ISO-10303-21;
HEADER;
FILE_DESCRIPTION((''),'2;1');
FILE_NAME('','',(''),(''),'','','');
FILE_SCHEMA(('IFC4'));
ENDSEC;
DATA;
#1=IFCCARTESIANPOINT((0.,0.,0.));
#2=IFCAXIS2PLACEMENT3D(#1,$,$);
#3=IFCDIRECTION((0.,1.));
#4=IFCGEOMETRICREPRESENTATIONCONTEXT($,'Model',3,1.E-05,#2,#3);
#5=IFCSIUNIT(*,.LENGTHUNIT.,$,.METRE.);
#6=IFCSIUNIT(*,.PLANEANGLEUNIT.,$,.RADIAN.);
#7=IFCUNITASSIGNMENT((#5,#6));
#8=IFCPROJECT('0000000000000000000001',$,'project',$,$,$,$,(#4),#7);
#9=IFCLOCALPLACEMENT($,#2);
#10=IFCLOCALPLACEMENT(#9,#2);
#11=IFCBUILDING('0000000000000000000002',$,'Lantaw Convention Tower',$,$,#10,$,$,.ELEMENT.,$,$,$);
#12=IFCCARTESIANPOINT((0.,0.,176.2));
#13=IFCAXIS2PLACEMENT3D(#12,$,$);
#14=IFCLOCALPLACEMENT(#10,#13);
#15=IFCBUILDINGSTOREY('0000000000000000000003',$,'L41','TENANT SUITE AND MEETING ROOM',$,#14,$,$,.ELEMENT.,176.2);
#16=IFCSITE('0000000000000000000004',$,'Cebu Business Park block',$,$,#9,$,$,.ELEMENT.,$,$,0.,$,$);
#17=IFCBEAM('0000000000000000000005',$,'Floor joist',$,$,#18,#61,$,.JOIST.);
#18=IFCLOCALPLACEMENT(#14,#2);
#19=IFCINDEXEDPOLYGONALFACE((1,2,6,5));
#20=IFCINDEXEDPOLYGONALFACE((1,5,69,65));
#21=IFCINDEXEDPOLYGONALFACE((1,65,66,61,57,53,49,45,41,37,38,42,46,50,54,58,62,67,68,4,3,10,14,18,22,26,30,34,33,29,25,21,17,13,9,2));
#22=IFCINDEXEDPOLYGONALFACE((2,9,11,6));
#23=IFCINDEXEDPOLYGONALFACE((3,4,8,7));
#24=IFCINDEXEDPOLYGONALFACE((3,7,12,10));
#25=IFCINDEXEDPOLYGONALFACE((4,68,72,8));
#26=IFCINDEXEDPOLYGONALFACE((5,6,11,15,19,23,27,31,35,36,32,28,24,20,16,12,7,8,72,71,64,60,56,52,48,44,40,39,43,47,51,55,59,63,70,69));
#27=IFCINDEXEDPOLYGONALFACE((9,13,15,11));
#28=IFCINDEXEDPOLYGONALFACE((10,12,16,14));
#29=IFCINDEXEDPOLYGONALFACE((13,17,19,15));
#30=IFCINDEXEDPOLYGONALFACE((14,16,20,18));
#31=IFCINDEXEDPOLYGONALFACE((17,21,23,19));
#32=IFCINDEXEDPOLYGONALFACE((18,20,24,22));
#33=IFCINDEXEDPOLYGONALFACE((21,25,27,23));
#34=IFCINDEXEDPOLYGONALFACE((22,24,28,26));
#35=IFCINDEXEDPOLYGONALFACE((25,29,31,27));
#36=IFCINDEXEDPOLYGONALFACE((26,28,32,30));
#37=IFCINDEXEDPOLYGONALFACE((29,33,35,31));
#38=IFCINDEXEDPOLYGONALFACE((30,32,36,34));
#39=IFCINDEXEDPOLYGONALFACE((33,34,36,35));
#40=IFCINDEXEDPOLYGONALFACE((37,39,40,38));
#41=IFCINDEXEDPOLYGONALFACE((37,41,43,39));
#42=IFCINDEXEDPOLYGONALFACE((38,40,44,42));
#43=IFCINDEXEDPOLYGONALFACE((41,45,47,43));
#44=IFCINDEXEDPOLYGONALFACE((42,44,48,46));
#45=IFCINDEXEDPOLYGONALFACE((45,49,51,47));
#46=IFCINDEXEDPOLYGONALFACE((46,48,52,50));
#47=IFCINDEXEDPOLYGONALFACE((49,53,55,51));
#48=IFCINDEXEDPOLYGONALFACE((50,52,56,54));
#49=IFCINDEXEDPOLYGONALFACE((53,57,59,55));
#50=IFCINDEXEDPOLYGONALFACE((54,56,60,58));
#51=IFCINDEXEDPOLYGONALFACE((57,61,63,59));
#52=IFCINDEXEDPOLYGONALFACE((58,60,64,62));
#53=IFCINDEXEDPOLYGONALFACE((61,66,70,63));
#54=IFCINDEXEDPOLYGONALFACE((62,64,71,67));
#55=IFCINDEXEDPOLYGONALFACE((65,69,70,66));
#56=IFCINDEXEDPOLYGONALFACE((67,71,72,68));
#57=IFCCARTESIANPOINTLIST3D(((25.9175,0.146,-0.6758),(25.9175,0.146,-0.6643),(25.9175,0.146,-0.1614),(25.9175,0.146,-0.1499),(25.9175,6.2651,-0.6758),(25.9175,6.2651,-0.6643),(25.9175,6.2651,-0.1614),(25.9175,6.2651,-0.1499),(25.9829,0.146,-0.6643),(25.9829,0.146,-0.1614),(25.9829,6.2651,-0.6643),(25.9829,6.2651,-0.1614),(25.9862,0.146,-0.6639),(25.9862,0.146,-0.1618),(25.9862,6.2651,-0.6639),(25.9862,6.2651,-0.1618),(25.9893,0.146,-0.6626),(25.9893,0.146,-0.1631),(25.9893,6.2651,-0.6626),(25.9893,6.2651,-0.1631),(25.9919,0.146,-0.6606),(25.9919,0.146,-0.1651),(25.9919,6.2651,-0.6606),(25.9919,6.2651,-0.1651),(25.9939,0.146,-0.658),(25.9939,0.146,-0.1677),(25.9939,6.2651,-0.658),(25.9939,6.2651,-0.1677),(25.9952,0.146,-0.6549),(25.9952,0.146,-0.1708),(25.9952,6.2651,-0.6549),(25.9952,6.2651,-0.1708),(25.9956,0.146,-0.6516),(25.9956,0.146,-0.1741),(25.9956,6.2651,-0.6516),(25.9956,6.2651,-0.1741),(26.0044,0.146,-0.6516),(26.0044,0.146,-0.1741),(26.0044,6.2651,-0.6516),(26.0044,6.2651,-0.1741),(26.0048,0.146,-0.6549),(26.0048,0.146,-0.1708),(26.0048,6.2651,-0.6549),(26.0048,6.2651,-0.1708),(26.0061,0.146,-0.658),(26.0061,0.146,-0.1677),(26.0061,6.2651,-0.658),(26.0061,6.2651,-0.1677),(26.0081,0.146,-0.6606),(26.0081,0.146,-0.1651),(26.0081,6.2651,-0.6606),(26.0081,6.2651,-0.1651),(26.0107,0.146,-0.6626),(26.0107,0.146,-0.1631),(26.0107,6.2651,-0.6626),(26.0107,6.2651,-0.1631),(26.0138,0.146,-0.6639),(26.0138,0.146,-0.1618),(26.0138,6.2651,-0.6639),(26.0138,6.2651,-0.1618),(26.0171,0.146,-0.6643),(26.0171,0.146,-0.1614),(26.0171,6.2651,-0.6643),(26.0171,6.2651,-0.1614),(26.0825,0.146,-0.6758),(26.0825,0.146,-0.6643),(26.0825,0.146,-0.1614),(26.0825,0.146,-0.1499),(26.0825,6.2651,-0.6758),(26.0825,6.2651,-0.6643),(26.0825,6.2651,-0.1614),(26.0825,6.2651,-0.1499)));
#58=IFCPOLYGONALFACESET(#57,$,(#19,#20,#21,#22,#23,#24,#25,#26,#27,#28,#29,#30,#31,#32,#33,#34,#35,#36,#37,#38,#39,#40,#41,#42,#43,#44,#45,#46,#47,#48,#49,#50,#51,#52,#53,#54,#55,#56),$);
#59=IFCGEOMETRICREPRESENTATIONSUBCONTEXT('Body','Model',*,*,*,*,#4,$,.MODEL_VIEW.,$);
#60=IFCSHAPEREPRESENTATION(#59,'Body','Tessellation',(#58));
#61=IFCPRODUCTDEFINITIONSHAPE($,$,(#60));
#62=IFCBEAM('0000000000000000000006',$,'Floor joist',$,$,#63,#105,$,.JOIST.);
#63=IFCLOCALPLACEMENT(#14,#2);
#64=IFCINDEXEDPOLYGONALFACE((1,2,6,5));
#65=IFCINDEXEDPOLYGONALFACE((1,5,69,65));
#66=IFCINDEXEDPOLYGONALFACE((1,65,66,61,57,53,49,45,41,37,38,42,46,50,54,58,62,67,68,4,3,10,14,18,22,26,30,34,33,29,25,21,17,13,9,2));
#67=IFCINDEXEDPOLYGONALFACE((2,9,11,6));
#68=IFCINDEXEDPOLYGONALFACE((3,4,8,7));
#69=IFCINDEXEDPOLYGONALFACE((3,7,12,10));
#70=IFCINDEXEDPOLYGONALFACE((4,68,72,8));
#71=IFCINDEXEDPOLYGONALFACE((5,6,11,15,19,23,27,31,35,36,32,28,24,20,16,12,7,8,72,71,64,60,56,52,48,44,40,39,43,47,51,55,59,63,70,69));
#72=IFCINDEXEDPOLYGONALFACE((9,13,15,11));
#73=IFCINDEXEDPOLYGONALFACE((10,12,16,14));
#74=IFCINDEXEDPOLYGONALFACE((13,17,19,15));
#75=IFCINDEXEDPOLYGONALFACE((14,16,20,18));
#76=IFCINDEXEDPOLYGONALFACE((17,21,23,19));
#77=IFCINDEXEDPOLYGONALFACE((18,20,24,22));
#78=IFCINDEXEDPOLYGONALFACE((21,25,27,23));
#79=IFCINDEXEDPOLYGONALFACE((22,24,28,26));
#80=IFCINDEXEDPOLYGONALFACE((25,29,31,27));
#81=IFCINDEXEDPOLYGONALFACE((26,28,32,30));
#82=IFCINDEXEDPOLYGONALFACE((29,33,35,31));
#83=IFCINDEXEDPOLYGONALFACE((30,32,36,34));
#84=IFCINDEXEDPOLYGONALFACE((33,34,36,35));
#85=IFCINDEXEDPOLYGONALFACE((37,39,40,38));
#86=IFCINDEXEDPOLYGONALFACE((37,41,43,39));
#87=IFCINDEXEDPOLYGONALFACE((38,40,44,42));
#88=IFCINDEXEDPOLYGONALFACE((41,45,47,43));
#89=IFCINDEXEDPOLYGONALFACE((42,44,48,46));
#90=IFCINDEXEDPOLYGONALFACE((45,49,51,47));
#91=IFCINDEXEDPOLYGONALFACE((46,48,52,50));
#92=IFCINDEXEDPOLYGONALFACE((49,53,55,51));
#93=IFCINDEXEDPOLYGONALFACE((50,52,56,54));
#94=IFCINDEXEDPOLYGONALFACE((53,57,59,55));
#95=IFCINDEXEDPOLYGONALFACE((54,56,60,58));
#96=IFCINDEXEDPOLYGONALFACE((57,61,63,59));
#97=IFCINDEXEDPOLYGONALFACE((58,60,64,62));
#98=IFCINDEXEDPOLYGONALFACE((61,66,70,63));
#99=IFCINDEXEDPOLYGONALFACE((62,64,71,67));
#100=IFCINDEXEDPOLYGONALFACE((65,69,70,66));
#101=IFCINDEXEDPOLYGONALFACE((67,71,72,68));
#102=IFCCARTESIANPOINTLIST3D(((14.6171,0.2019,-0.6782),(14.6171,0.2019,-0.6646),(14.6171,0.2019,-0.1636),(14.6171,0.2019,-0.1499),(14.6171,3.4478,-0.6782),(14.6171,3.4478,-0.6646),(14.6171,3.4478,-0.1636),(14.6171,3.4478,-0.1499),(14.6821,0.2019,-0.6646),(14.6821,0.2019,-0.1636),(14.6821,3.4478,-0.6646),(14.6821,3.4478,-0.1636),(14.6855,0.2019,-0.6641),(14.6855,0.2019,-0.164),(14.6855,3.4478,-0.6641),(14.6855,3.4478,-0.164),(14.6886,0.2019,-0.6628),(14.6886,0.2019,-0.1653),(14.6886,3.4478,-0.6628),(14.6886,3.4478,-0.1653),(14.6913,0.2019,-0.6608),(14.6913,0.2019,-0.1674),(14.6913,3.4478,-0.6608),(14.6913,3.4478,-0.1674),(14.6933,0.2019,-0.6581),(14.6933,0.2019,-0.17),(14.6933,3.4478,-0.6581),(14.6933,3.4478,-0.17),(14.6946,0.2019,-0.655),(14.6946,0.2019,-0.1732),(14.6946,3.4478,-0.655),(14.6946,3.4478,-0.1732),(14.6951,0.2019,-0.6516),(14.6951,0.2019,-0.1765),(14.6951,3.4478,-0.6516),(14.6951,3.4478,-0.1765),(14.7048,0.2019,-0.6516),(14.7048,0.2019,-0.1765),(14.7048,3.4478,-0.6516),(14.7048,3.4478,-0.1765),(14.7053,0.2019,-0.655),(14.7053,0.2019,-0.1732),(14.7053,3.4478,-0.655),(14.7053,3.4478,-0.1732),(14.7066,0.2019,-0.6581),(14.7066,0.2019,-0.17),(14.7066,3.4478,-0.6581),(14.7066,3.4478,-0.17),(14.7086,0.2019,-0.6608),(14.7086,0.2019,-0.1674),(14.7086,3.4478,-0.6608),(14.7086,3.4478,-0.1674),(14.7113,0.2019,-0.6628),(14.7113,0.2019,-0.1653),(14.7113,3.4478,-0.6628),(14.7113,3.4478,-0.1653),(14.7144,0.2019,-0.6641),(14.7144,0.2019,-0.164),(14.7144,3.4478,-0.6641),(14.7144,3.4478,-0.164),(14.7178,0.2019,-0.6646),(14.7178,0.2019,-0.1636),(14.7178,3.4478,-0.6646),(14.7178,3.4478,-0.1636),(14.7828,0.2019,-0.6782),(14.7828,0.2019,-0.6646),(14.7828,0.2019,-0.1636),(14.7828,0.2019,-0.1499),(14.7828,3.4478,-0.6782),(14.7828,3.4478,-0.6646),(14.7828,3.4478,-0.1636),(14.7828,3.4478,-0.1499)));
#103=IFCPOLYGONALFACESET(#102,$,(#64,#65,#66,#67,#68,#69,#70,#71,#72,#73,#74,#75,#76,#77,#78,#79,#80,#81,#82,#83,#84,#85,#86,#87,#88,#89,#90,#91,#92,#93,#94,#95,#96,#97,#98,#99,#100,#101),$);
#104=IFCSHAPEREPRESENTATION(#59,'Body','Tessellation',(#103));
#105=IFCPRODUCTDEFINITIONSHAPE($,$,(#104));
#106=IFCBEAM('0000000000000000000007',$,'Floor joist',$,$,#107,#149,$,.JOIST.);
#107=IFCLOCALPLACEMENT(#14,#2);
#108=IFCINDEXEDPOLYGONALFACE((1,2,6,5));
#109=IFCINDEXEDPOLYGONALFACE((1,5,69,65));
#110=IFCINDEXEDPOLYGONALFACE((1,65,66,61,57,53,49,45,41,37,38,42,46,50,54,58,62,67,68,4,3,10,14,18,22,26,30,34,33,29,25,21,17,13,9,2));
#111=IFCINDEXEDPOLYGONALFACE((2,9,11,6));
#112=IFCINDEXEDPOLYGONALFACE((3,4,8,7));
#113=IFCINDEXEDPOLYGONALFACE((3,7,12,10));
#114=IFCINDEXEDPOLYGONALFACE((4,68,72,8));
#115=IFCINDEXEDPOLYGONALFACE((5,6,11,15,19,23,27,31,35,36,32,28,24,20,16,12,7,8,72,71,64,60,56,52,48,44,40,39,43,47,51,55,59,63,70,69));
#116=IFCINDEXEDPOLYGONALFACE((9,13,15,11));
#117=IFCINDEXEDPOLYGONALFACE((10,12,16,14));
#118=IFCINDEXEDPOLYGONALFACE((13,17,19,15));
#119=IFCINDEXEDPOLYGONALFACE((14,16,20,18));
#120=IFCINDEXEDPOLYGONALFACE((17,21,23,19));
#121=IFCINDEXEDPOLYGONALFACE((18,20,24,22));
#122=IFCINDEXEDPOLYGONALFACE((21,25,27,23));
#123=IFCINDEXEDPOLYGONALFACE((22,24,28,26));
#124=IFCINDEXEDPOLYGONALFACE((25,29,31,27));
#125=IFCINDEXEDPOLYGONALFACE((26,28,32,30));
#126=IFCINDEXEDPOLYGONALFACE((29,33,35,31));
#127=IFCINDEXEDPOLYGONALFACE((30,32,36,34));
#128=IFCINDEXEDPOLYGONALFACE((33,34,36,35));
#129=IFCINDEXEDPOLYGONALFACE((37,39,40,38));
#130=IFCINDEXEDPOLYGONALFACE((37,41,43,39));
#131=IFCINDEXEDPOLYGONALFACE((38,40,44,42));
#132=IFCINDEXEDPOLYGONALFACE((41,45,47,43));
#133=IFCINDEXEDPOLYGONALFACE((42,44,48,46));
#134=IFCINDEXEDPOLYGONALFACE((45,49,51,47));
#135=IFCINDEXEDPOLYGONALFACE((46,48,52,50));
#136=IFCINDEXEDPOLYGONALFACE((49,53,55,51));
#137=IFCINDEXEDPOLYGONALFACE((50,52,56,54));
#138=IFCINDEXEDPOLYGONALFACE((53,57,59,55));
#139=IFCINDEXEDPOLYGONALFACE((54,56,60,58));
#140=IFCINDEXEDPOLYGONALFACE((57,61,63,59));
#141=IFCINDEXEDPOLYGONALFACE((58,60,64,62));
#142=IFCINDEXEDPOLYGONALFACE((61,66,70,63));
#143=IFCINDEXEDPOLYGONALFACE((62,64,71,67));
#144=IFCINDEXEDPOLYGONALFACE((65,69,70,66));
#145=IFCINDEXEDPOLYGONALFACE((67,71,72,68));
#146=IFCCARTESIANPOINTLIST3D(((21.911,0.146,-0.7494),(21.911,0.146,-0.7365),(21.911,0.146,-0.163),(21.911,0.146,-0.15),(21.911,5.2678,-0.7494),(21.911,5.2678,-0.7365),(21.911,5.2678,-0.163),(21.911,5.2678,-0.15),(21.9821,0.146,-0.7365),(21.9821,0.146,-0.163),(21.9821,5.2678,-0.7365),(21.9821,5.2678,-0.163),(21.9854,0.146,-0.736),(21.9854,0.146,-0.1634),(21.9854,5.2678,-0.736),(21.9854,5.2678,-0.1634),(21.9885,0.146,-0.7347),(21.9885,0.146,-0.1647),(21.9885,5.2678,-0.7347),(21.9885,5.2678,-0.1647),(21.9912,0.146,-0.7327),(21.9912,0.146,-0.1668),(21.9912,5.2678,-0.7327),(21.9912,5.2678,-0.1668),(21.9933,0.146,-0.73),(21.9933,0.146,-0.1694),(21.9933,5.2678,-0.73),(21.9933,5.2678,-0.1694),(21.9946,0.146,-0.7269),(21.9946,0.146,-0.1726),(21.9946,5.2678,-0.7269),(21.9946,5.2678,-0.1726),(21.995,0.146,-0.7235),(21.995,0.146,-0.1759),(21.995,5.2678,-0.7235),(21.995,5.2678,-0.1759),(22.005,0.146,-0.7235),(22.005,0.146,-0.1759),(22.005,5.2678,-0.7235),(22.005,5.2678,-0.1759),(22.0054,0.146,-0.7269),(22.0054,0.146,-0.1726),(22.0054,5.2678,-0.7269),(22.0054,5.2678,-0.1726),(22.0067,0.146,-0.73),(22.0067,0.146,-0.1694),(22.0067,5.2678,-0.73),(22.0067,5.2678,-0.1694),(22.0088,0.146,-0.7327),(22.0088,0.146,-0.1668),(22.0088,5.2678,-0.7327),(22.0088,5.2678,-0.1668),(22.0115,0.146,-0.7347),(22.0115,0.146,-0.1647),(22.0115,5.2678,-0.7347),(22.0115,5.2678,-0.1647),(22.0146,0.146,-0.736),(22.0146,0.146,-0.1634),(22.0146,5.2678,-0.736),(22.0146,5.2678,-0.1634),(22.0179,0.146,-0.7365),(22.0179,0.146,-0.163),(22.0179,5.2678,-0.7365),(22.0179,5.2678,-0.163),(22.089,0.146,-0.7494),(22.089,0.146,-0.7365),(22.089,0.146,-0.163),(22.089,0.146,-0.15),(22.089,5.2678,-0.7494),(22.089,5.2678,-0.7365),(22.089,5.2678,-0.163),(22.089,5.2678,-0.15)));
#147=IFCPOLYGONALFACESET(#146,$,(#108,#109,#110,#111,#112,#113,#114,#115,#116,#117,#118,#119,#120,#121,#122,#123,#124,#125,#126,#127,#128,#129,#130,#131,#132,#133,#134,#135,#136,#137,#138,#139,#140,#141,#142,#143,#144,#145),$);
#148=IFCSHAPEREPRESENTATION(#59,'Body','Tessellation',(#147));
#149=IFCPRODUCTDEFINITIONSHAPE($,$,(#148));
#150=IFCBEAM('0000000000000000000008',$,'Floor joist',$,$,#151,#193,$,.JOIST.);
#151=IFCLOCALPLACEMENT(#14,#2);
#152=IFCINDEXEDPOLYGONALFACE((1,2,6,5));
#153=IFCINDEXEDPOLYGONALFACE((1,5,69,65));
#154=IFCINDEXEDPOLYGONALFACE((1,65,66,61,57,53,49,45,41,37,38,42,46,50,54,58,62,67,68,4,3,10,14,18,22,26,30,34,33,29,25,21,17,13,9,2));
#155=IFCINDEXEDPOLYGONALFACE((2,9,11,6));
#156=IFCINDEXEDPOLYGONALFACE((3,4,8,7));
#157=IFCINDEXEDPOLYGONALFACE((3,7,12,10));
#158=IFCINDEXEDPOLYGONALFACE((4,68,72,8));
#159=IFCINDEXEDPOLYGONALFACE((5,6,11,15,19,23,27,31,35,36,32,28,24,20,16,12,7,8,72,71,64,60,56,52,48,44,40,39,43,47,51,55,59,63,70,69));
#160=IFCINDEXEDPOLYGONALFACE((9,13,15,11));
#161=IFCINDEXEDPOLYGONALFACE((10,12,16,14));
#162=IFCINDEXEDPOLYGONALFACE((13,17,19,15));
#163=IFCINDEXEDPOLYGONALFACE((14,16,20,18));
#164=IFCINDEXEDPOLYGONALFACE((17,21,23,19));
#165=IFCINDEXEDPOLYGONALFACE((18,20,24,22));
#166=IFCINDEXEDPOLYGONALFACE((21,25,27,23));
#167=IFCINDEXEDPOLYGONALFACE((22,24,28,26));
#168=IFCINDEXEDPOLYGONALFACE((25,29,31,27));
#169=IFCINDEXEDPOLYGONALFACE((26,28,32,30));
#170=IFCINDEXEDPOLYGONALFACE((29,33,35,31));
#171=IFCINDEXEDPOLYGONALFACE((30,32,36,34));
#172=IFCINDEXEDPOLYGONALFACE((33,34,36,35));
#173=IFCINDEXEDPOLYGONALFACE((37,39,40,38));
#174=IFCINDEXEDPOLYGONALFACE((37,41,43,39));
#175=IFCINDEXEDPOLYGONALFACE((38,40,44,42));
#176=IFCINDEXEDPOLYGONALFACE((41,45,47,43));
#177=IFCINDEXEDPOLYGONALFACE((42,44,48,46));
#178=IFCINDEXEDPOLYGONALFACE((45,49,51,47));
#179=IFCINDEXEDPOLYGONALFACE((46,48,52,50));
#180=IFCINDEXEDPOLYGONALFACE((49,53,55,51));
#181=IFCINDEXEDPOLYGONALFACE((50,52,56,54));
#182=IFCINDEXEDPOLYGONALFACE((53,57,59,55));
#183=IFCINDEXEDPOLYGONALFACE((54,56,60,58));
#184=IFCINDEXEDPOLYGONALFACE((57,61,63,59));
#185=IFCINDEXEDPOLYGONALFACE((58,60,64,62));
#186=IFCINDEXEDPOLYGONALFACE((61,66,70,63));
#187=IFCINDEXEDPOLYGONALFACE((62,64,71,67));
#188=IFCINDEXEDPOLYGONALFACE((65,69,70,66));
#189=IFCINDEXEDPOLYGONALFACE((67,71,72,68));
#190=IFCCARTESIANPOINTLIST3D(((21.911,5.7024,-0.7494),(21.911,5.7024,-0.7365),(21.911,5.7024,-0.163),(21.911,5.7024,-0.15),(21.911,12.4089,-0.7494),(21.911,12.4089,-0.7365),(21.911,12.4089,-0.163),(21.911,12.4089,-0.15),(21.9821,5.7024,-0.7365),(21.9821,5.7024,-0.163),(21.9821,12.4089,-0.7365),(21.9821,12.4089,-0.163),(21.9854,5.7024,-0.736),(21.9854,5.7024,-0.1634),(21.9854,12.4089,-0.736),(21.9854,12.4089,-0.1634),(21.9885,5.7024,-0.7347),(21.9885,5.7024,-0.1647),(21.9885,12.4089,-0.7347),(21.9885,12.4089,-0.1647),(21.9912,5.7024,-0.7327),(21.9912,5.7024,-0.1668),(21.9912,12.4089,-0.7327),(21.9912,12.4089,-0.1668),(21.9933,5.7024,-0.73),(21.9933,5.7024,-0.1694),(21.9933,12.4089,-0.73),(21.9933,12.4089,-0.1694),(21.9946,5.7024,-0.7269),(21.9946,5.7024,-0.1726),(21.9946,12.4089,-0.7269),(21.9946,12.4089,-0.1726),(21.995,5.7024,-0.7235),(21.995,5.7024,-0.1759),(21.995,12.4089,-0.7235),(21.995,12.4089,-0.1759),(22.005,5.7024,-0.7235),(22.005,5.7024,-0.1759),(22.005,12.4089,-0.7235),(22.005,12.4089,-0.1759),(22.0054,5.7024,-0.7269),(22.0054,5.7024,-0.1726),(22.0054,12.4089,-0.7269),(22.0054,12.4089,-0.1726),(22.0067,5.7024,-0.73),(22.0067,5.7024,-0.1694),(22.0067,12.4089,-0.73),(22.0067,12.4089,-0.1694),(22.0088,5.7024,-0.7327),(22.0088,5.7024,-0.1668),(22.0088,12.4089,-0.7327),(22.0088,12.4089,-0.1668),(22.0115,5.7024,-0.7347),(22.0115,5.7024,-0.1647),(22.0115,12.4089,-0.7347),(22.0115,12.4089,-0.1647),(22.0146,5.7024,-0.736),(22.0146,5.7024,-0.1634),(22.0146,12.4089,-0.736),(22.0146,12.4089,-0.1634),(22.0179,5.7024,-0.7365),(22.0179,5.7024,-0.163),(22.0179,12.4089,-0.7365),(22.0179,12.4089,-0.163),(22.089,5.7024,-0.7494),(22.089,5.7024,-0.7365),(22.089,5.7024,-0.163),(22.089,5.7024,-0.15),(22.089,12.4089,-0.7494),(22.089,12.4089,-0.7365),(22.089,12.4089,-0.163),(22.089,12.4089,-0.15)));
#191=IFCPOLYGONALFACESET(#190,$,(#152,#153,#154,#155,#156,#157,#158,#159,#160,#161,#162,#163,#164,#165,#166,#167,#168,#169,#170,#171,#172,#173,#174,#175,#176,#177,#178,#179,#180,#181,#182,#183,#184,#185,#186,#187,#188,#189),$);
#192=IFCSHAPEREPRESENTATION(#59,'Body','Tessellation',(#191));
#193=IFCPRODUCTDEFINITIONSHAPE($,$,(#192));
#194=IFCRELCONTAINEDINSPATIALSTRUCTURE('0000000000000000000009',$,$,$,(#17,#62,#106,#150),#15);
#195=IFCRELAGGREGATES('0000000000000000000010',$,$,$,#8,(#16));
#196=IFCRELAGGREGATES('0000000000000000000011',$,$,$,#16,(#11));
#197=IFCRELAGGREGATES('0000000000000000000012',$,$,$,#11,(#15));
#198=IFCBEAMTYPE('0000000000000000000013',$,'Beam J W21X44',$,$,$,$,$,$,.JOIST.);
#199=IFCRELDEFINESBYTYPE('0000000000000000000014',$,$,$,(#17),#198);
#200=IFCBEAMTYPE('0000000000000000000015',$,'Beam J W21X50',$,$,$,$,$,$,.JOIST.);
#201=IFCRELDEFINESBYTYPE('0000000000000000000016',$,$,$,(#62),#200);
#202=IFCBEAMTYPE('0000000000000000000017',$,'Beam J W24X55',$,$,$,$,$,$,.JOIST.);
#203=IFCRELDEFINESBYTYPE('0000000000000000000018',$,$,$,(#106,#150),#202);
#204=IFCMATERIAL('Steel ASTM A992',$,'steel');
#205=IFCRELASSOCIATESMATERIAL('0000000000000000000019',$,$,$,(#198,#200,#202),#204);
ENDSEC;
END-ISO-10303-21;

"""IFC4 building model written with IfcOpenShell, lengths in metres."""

from ifc_helpers import new_model, si_unit, direction, frame, origin, origin_2d, place, context, subcontext, project, spatial, i_section, extrude, material, material_profile, profile_set, type_object, element, save


model = new_model("IFC4")

# Units and contexts
model_context = context("Model", 3, precision=1e-05, world=origin(), true_north=direction((0.0, 1.0)))
body_context = subcontext(model_context, "Body", "Model", "MODEL_VIEW")
ifc_project = project(units=[si_unit("LENGTHUNIT", "METRE"), si_unit("PLANEANGLEUNIT", "RADIAN")], contexts=[model_context])

# Site, building, storey
site_placement = place(None, origin())
site = spatial("IfcSite", under=ifc_project, at=site_placement, Name="Cebu Business Park block", CompositionType="ELEMENT", RefElevation=0.0)
building_placement = place(site_placement, origin())
building = spatial("IfcBuilding", under=site, at=building_placement, Name="Lantaw Convention Tower", CompositionType="ELEMENT")
storey_placement = place(building_placement, frame((0.0, 0.0, 176.2)))
storey = spatial("IfcBuildingStorey", under=building, at=storey_placement, Name="L41", Description="TENANT SUITE AND MEETING ROOM", CompositionType="ELEMENT", Elevation=176.2)

# Beams
ifc_material_1 = material(Name="Steel ASTM A992", Category="steel")
ifc_material_profile_1 = material_profile(ifc_material_1, i_section(OverallWidth=0.165, OverallDepth=0.5259, WebThickness=0.0088, FlangeThickness=0.0115, FilletRadius=0.0127, at=origin_2d()), Name="W21X44")
ifc_profile_set_1 = profile_set([ifc_material_profile_1], Name="Steel ASTM A992")
beam_type_1 = type_object("IfcBeamType", Name="Beam J W21X44", PredefinedType="JOIST", material=ifc_profile_set_1)
beam_1_placement = place(storey_placement, frame((26.0, 0.146, -0.4128), z_axis=(0.0, 1.0, 0.0), x_axis=(-1.0, 0.0, 0.0)))
element("IfcBeam", 1, at=beam_1_placement, inside=storey, type_object=beam_type_1, Name="Floor joist", PredefinedType="JOIST", context=body_context, shape_type="SweptSolid", body=[
    extrude(i_section(OverallWidth=0.165, OverallDepth=0.5259, WebThickness=0.0088, FlangeThickness=0.0115, FilletRadius=0.0127, at=origin_2d()), origin(), (0.0, 0.0, 1.0), 6.1191),
])
ifc_material_profile_2 = material_profile(ifc_material_1, i_section(OverallWidth=0.1658, OverallDepth=0.5283, WebThickness=0.0098, FlangeThickness=0.0137, FilletRadius=0.0129, at=origin_2d()), Name="W21X50")
ifc_profile_set_2 = profile_set([ifc_material_profile_2], Name="Steel ASTM A992")
beam_type_2 = type_object("IfcBeamType", Name="Beam J W21X50", PredefinedType="JOIST", material=ifc_profile_set_2)
beam_2_placement = place(storey_placement, frame((14.7, 0.2019, -0.4141), z_axis=(0.0, 1.0, 0.0), x_axis=(-1.0, 0.0, 0.0)))
element("IfcBeam", 2, at=beam_2_placement, inside=storey, type_object=beam_type_2, Name="Floor joist", PredefinedType="JOIST", context=body_context, shape_type="SweptSolid", body=[
    extrude(i_section(OverallWidth=0.1658, OverallDepth=0.5283, WebThickness=0.0098, FlangeThickness=0.0137, FilletRadius=0.0129, at=origin_2d()), origin(), (0.0, 0.0, 1.0), 3.2458),
])
ifc_material_profile_3 = material_profile(ifc_material_1, i_section(OverallWidth=0.178, OverallDepth=0.5994, WebThickness=0.01, FlangeThickness=0.0129, FilletRadius=0.0129, at=origin_2d()), Name="W24X55")
ifc_profile_set_3 = profile_set([ifc_material_profile_3], Name="Steel ASTM A992")
beam_type_3 = type_object("IfcBeamType", Name="Beam J W24X55", PredefinedType="JOIST", material=ifc_profile_set_3)
beam_3_placement = place(storey_placement, frame((22.0, 0.146, -0.4497), z_axis=(0.0, 1.0, 0.0), x_axis=(-1.0, 0.0, 0.0)))
element("IfcBeam", 3, at=beam_3_placement, inside=storey, type_object=beam_type_3, Name="Floor joist", PredefinedType="JOIST", context=body_context, shape_type="SweptSolid", body=[
    extrude(i_section(OverallWidth=0.178, OverallDepth=0.5994, WebThickness=0.01, FlangeThickness=0.0129, FilletRadius=0.0129, at=origin_2d()), origin(), (0.0, 0.0, 1.0), 5.1218),
])
beam_4_placement = place(storey_placement, frame((22.0, 5.7024, -0.4497), z_axis=(0.0, 1.0, 0.0), x_axis=(-1.0, 0.0, 0.0)))
element("IfcBeam", 4, at=beam_4_placement, inside=storey, type_object=beam_type_3, Name="Floor joist", PredefinedType="JOIST", context=body_context, shape_type="SweptSolid", body=[
    extrude(i_section(OverallWidth=0.178, OverallDepth=0.5994, WebThickness=0.01, FlangeThickness=0.0129, FilletRadius=0.0129, at=origin_2d()), origin(), (0.0, 0.0, 1.0), 6.7065),
])

save(model, "model.ifc")
